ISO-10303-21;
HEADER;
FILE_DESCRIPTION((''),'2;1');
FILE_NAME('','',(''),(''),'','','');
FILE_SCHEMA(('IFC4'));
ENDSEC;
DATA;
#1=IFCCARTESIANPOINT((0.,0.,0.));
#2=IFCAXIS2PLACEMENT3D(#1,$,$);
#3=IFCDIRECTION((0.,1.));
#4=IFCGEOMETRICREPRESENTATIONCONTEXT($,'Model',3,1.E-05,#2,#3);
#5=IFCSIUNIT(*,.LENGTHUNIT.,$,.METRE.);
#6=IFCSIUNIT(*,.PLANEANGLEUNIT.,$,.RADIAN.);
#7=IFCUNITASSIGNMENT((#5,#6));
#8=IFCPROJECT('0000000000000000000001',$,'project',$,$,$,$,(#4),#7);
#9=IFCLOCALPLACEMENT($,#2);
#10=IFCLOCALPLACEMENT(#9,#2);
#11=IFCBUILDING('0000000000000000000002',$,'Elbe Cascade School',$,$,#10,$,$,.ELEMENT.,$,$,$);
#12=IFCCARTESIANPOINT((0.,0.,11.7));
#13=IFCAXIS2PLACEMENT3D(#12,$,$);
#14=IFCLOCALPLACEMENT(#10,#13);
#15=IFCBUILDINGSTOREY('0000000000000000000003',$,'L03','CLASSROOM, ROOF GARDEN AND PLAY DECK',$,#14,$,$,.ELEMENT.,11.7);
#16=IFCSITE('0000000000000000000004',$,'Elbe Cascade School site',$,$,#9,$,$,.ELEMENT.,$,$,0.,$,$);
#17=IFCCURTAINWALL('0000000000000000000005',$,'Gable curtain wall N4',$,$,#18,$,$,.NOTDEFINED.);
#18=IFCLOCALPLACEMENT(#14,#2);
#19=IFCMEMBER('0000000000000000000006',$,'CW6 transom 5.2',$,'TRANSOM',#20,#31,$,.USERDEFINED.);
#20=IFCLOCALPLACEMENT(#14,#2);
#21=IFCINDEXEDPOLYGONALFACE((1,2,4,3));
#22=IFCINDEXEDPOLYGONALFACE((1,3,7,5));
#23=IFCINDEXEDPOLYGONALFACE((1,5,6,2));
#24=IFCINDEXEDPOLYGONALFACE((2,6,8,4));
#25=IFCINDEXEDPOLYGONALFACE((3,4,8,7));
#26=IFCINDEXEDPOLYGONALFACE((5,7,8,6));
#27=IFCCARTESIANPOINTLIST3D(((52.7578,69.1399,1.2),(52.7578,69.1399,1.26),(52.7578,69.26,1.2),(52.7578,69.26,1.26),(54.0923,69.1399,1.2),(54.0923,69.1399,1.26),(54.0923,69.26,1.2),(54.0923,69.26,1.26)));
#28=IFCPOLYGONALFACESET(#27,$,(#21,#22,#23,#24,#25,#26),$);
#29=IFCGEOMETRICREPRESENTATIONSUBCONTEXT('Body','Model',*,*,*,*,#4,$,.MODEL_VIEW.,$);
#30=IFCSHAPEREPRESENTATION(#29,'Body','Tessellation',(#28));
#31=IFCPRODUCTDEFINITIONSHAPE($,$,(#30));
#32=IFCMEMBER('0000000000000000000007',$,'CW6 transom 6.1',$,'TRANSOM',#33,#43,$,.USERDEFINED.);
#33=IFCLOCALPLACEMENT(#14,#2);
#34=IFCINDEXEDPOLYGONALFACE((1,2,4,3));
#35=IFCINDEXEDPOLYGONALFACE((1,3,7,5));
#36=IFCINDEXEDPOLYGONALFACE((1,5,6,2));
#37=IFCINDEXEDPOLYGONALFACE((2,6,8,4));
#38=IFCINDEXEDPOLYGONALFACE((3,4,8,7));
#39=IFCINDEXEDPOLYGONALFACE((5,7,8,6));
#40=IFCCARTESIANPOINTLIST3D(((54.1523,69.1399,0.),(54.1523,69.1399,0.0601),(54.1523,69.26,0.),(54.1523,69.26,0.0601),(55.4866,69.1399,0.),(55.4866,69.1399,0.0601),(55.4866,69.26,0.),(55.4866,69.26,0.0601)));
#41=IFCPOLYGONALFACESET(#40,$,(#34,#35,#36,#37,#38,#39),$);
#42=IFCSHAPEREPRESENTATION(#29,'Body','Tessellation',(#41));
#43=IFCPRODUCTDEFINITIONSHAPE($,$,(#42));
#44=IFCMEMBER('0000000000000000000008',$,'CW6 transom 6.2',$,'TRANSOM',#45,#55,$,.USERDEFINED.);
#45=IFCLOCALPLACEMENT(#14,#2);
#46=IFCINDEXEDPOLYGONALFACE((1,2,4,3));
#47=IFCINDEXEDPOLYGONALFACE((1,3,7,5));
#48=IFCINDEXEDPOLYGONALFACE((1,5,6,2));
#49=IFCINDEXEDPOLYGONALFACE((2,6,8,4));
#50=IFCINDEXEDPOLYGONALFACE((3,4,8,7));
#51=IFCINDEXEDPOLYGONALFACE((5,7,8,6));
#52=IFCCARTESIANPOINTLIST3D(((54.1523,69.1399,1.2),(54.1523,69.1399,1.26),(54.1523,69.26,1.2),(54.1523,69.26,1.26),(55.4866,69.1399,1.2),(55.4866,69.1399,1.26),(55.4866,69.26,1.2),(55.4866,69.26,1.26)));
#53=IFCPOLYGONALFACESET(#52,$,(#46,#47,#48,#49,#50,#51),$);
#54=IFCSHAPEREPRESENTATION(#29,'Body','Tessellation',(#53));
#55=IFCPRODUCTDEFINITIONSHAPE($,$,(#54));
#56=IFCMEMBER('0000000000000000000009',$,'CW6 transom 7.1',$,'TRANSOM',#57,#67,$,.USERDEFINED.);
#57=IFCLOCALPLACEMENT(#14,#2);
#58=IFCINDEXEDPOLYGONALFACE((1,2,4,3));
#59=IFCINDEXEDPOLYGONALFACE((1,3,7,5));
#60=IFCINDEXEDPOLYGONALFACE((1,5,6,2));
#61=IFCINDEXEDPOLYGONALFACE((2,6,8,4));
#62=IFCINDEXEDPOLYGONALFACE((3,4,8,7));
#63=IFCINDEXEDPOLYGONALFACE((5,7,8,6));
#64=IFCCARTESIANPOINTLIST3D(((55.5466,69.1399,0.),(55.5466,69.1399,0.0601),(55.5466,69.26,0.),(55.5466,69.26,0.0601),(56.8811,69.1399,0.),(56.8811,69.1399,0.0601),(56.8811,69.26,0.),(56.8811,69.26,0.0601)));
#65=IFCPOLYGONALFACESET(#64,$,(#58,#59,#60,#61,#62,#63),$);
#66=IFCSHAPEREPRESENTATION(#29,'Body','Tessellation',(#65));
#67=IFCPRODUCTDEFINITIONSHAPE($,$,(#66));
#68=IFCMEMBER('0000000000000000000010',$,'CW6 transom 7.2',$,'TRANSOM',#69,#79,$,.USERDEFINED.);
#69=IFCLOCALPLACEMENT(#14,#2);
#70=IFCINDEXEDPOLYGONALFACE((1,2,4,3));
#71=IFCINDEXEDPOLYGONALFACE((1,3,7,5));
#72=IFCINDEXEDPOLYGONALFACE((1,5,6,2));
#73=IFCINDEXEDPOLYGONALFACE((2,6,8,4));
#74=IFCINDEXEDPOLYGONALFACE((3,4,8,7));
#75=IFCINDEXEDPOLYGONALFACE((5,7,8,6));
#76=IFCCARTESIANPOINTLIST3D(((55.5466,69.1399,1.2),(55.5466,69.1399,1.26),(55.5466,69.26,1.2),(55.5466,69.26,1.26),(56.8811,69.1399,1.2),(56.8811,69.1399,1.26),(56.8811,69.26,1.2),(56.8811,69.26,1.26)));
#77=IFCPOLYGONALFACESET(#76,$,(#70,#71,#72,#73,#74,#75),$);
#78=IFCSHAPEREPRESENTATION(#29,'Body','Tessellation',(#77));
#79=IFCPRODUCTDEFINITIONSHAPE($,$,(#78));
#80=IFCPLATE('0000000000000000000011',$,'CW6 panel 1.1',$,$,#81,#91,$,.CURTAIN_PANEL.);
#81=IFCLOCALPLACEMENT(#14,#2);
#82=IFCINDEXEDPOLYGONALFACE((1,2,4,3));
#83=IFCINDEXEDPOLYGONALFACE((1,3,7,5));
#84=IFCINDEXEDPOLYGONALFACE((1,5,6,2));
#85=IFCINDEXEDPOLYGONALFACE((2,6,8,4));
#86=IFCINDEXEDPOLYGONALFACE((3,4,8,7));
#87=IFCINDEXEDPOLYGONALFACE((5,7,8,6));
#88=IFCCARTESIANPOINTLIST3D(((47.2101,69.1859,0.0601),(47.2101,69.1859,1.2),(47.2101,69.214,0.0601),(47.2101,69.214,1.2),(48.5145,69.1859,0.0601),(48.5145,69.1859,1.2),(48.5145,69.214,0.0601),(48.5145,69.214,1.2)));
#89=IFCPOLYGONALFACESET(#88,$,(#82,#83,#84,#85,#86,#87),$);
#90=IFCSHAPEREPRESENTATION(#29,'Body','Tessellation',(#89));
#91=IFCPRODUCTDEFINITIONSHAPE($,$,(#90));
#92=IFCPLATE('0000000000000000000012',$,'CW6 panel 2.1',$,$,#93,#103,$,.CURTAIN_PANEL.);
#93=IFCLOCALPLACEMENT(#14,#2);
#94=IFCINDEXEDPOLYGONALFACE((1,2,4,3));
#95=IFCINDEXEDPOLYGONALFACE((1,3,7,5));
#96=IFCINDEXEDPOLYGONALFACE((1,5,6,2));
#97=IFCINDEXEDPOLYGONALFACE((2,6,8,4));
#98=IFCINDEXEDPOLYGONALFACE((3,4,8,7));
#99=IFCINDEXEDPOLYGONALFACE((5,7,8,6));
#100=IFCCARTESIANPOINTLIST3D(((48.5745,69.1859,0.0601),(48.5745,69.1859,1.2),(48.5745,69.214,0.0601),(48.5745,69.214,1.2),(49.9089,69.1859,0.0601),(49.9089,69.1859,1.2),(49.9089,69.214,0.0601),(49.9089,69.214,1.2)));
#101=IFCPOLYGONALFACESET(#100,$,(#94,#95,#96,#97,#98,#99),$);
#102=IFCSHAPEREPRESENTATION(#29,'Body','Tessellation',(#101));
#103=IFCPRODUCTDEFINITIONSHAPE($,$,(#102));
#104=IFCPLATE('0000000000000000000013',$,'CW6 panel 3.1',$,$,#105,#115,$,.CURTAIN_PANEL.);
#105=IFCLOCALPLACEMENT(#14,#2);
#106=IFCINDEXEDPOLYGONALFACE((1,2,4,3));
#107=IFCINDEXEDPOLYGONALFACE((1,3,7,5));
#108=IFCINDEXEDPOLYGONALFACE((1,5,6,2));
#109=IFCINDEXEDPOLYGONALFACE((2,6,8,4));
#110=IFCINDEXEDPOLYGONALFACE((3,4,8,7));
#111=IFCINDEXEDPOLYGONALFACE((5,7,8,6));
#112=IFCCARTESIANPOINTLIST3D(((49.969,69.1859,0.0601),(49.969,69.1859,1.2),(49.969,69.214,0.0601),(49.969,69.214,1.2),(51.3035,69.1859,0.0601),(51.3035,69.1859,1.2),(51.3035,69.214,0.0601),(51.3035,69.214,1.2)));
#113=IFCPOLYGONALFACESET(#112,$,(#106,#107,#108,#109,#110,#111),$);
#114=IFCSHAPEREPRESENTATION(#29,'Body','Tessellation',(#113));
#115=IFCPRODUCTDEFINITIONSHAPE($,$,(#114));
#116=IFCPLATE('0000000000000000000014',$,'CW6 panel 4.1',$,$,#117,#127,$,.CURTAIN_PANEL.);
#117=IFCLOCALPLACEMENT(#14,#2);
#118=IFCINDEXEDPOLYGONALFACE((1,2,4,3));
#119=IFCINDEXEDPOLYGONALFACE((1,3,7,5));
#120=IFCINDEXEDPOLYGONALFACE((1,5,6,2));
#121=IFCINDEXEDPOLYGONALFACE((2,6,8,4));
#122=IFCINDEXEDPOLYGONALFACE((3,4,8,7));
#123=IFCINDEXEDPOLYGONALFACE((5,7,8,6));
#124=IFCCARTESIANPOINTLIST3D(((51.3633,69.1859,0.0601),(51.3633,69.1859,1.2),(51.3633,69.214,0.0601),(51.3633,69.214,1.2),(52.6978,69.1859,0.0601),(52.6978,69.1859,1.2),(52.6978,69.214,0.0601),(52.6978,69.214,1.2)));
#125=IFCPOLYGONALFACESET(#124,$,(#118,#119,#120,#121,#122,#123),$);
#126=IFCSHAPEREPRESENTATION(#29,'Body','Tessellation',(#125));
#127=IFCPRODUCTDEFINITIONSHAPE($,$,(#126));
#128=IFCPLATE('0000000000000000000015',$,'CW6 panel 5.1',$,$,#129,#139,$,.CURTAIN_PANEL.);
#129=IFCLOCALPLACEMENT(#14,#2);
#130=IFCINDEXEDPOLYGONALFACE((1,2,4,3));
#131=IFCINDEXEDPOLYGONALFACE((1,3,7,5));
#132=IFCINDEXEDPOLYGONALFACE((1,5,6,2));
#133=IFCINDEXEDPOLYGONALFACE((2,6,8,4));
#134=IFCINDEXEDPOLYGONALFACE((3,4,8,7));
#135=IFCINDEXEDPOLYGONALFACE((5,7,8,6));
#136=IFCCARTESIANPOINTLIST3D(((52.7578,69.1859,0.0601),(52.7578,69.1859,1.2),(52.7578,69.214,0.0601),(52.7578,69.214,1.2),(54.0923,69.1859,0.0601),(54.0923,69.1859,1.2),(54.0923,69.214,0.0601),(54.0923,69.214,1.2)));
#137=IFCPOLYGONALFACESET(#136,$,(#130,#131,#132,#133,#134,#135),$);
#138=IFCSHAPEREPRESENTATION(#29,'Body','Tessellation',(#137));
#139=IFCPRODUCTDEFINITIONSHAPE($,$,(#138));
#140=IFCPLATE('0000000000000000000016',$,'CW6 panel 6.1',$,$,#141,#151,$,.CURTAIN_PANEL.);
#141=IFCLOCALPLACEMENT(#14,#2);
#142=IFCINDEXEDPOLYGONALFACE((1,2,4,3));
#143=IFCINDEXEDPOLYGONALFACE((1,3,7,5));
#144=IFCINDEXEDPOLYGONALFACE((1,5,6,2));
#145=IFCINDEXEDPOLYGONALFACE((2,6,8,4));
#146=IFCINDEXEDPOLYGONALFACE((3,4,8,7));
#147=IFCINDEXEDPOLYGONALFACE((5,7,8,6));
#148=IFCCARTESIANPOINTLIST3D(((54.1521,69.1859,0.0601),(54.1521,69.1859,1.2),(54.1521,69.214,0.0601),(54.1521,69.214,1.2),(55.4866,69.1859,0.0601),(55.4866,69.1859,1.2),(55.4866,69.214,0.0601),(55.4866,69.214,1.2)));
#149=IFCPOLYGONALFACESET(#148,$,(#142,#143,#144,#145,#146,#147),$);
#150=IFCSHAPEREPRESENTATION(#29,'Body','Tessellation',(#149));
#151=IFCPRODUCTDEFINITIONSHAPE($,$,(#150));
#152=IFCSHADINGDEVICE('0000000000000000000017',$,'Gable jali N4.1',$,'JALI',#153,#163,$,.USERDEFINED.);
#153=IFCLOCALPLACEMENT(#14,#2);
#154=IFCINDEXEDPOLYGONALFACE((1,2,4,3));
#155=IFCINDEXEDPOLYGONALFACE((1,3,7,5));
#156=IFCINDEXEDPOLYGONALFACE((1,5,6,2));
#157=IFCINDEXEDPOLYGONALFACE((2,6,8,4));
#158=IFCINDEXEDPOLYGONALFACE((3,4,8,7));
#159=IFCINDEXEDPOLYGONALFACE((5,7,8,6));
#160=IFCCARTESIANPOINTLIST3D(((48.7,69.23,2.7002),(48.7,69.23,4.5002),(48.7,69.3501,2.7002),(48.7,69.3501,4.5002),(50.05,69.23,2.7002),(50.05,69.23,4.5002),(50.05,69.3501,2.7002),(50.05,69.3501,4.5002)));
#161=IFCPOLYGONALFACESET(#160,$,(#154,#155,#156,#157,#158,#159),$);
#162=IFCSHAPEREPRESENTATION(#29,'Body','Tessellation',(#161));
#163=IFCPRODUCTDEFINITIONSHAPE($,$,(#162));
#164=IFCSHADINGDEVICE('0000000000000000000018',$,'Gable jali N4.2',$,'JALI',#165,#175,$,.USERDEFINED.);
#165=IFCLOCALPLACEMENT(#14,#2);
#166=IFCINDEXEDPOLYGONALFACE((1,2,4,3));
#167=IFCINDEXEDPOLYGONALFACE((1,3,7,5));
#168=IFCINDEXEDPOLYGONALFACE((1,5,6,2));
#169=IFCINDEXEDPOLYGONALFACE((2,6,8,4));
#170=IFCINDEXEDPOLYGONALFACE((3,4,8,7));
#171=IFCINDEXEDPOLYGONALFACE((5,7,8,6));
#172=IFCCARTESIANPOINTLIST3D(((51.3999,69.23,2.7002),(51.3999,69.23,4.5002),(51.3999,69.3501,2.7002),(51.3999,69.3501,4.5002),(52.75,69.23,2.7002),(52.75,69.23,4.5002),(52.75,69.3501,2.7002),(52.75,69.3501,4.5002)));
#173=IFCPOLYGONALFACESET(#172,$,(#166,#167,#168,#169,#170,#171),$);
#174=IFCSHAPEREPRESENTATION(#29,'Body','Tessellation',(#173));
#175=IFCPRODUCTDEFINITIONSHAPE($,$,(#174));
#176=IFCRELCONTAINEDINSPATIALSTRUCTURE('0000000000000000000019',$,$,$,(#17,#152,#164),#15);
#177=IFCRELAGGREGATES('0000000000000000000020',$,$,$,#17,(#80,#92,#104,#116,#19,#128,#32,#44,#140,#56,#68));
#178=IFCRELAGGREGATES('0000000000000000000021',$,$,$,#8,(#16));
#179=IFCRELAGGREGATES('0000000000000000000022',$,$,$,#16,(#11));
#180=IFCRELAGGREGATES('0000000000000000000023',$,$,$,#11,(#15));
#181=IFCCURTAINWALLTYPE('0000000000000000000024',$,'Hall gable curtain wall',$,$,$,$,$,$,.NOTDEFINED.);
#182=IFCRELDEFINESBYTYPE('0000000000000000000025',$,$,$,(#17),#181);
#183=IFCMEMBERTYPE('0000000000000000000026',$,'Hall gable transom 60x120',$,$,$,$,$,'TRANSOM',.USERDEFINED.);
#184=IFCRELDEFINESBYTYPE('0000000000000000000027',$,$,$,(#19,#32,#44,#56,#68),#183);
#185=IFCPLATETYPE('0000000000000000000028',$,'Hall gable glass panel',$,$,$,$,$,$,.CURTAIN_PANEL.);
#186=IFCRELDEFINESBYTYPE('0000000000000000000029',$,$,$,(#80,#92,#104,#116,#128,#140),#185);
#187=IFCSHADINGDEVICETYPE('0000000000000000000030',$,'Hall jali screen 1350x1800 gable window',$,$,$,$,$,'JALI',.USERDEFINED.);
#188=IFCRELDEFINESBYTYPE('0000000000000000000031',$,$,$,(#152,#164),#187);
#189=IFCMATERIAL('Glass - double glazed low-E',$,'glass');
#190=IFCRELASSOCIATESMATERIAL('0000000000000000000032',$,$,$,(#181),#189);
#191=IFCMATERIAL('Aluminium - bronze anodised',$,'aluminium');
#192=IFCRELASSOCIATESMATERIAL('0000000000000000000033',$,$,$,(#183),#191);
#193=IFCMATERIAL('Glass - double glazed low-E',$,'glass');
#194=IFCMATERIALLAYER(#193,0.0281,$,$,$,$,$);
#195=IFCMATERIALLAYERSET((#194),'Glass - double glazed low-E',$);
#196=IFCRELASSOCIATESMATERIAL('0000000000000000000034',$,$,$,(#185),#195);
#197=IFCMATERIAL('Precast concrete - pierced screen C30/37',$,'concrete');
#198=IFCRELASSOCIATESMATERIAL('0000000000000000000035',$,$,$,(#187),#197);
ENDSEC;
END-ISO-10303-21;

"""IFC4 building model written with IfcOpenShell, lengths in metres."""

from ifc_helpers import new_model, si_unit, direction, frame, origin, origin_2d, place, context, subcontext, project, spatial, rectangle, extrude, material, layer, layer_set, material_profile, profile_set, type_object, element, aggregate, save


model = new_model("IFC4")

# Units and contexts
model_context = context("Model", 3, precision=1e-05, world=origin(), true_north=direction((0.0, 1.0)))
body_context = subcontext(model_context, "Body", "Model", "MODEL_VIEW")
ifc_project = project(units=[si_unit("LENGTHUNIT", "METRE"), si_unit("PLANEANGLEUNIT", "RADIAN")], contexts=[model_context])

# Site, building, storey
site_placement = place(None, origin())
site = spatial("IfcSite", under=ifc_project, at=site_placement, Name="Elbe Cascade School site", CompositionType="ELEMENT", RefElevation=0.0)
building_placement = place(site_placement, origin())
building = spatial("IfcBuilding", under=site, at=building_placement, Name="Elbe Cascade School", CompositionType="ELEMENT")
storey_placement = place(building_placement, frame((0.0, 0.0, 11.7)))
storey = spatial("IfcBuildingStorey", under=building, at=storey_placement, Name="L03", Description="CLASSROOM, ROOF GARDEN AND PLAY DECK", CompositionType="ELEMENT", Elevation=11.7)

# Curtain wall, members, plates
ifc_material_1 = material(Name="Glass - double glazed low-E", Category="glass")
curtain_wall_type = type_object("IfcCurtainWallType", Name="Hall gable curtain wall", PredefinedType="NOTDEFINED", material=ifc_material_1)
curtain_wall_placement = place(storey_placement, origin())
curtain_wall = element("IfcCurtainWall", 1, at=curtain_wall_placement, inside=storey, type_object=curtain_wall_type, Name="Gable curtain wall N4", PredefinedType="NOTDEFINED")
ifc_material_2 = material(Name="Aluminium - bronze anodised", Category="aluminium")
ifc_material_profile_1 = material_profile(ifc_material_2, rectangle(XDim=0.1201, YDim=0.0601, at=origin_2d()), Name="Alu 60x120")
ifc_profile_set_1 = profile_set([ifc_material_profile_1], Name="Aluminium - bronze anodised")
member_type_1 = type_object("IfcMemberType", Name="Hall gable transom 60x120", ElementType="TRANSOM", PredefinedType="USERDEFINED", material=ifc_profile_set_1)
member_1_placement = place(storey_placement, frame((52.7578, 69.2, 1.23), z_axis=(1.0, 0.0, 0.0), x_axis=(0.0, 1.0, 0.0)))
member_1 = element("IfcMember", 2, at=member_1_placement, type_object=member_type_1, Name="CW6 transom 5.2", ObjectType="TRANSOM", PredefinedType="USERDEFINED", context=body_context, shape_type="SweptSolid", body=[
    extrude(rectangle(XDim=0.1201, YDim=0.0601, at=origin_2d()), origin(), (0.0, 0.0, 1.0), 1.3345),
])
member_2_placement = place(storey_placement, frame((54.1523, 69.2, 0.03), z_axis=(1.0, 0.0, 0.0), x_axis=(0.0, 1.0, 0.0)))
member_2 = element("IfcMember", 3, at=member_2_placement, type_object=member_type_1, Name="CW6 transom 6.1", ObjectType="TRANSOM", PredefinedType="USERDEFINED", context=body_context, shape_type="SweptSolid", body=[
    extrude(rectangle(XDim=0.1201, YDim=0.0601, at=origin_2d()), origin(), (0.0, 0.0, 1.0), 1.3342),
])
member_3_placement = place(storey_placement, frame((54.1523, 69.2, 1.23), z_axis=(1.0, 0.0, 0.0), x_axis=(0.0, 1.0, 0.0)))
member_3 = element("IfcMember", 4, at=member_3_placement, type_object=member_type_1, Name="CW6 transom 6.2", ObjectType="TRANSOM", PredefinedType="USERDEFINED", context=body_context, shape_type="SweptSolid", body=[
    extrude(rectangle(XDim=0.1201, YDim=0.0601, at=origin_2d()), origin(), (0.0, 0.0, 1.0), 1.3342),
])
member_4_placement = place(storey_placement, frame((55.5466, 69.2, 0.03), z_axis=(1.0, 0.0, 0.0), x_axis=(0.0, 1.0, 0.0)))
member_4 = element("IfcMember", 5, at=member_4_placement, type_object=member_type_1, Name="CW6 transom 7.1", ObjectType="TRANSOM", PredefinedType="USERDEFINED", context=body_context, shape_type="SweptSolid", body=[
    extrude(rectangle(XDim=0.1201, YDim=0.0601, at=origin_2d()), origin(), (0.0, 0.0, 1.0), 1.3345),
])
member_5_placement = place(storey_placement, frame((55.5466, 69.2, 1.23), z_axis=(1.0, 0.0, 0.0), x_axis=(0.0, 1.0, 0.0)))
member_5 = element("IfcMember", 6, at=member_5_placement, type_object=member_type_1, Name="CW6 transom 7.2", ObjectType="TRANSOM", PredefinedType="USERDEFINED", context=body_context, shape_type="SweptSolid", body=[
    extrude(rectangle(XDim=0.1201, YDim=0.0601, at=origin_2d()), origin(), (0.0, 0.0, 1.0), 1.3345),
])
ifc_material_3 = material(Name="Glass - double glazed low-E", Category="glass")
ifc_layer = layer(ifc_material_3, 0.0281)
ifc_layer_set = layer_set([ifc_layer], Name="Glass - double glazed low-E")
plate_type = type_object("IfcPlateType", Name="Hall gable glass panel", PredefinedType="CURTAIN_PANEL", material=ifc_layer_set)
plate_1_placement = place(storey_placement, frame((47.8623, 69.2, 0.0601), z_axis=(0.0, 0.0, 1.0), x_axis=(1.0, 0.0, 0.0)))
plate_1 = element("IfcPlate", 7, at=plate_1_placement, type_object=plate_type, Name="CW6 panel 1.1", PredefinedType="CURTAIN_PANEL", context=body_context, shape_type="SweptSolid", body=[
    extrude(rectangle(XDim=1.3044, YDim=0.0281, at=origin_2d()), origin(), (0.0, 0.0, 1.0), 1.1399),
])
plate_2_placement = place(storey_placement, frame((49.2417, 69.2, 0.0601), z_axis=(0.0, 0.0, 1.0), x_axis=(1.0, 0.0, 0.0)))
plate_2 = element("IfcPlate", 8, at=plate_2_placement, type_object=plate_type, Name="CW6 panel 2.1", PredefinedType="CURTAIN_PANEL", context=body_context, shape_type="SweptSolid", body=[
    extrude(rectangle(XDim=1.3345, YDim=0.0281, at=origin_2d()), origin(), (0.0, 0.0, 1.0), 1.1399),
])
plate_3_placement = place(storey_placement, frame((50.6362, 69.2, 0.0601), z_axis=(0.0, 0.0, 1.0), x_axis=(1.0, 0.0, 0.0)))
plate_3 = element("IfcPlate", 9, at=plate_3_placement, type_object=plate_type, Name="CW6 panel 3.1", PredefinedType="CURTAIN_PANEL", context=body_context, shape_type="SweptSolid", body=[
    extrude(rectangle(XDim=1.3345, YDim=0.0281, at=origin_2d()), origin(), (0.0, 0.0, 1.0), 1.1399),
])
plate_4_placement = place(storey_placement, frame((52.0305, 69.2, 0.0601), z_axis=(0.0, 0.0, 1.0), x_axis=(1.0, 0.0, 0.0)))
plate_4 = element("IfcPlate", 10, at=plate_4_placement, type_object=plate_type, Name="CW6 panel 4.1", PredefinedType="CURTAIN_PANEL", context=body_context, shape_type="SweptSolid", body=[
    extrude(rectangle(XDim=1.3345, YDim=0.0281, at=origin_2d()), origin(), (0.0, 0.0, 1.0), 1.1399),
])
plate_5_placement = place(storey_placement, frame((53.425, 69.2, 0.0601), z_axis=(0.0, 0.0, 1.0), x_axis=(1.0, 0.0, 0.0)))
plate_5 = element("IfcPlate", 11, at=plate_5_placement, type_object=plate_type, Name="CW6 panel 5.1", PredefinedType="CURTAIN_PANEL", context=body_context, shape_type="SweptSolid", body=[
    extrude(rectangle(XDim=1.3345, YDim=0.0281, at=origin_2d()), origin(), (0.0, 0.0, 1.0), 1.1399),
])
plate_6_placement = place(storey_placement, frame((54.8193, 69.2, 0.0601), z_axis=(0.0, 0.0, 1.0), x_axis=(1.0, 0.0, 0.0)))
plate_6 = element("IfcPlate", 12, at=plate_6_placement, type_object=plate_type, Name="CW6 panel 6.1", PredefinedType="CURTAIN_PANEL", context=body_context, shape_type="SweptSolid", body=[
    extrude(rectangle(XDim=1.3345, YDim=0.0281, at=origin_2d()), origin(), (0.0, 0.0, 1.0), 1.1399),
])
aggregate(curtain_wall, [plate_1, plate_2, plate_3, plate_4, member_1, plate_5, member_2, member_3, plate_6, member_4, member_5])

# Shading devices
ifc_material_4 = material(Name="Precast concrete - pierced screen C30/37", Category="concrete")
shading_device_type = type_object("IfcShadingDeviceType", Name="Hall jali screen 1350x1800 gable window", ElementType="JALI", PredefinedType="USERDEFINED", material=ifc_material_4)
for number, where, z_axis, x_axis, name in (
    (13, (49.375, 69.29, 2.7002), (0.0, 0.0, 1.0), (1.0, 0.0, 0.0), "Gable jali N4.1"),
    (14, (52.075, 69.29, 2.7002), (0.0, 0.0, 1.0), (1.0, 0.0, 0.0), "Gable jali N4.2"),
):
    element("IfcShadingDevice", number, at=place(storey_placement, frame(where, z_axis=z_axis, x_axis=x_axis)), inside=storey, type_object=shading_device_type, Name=name, ObjectType="JALI", PredefinedType="USERDEFINED", context=body_context, shape_type="SweptSolid", body=[
        extrude(rectangle(XDim=1.3501, YDim=0.1201, at=origin_2d()), origin(), (0.0, 0.0, 1.0), 1.8),
    ])

save(model, "model.ifc")
